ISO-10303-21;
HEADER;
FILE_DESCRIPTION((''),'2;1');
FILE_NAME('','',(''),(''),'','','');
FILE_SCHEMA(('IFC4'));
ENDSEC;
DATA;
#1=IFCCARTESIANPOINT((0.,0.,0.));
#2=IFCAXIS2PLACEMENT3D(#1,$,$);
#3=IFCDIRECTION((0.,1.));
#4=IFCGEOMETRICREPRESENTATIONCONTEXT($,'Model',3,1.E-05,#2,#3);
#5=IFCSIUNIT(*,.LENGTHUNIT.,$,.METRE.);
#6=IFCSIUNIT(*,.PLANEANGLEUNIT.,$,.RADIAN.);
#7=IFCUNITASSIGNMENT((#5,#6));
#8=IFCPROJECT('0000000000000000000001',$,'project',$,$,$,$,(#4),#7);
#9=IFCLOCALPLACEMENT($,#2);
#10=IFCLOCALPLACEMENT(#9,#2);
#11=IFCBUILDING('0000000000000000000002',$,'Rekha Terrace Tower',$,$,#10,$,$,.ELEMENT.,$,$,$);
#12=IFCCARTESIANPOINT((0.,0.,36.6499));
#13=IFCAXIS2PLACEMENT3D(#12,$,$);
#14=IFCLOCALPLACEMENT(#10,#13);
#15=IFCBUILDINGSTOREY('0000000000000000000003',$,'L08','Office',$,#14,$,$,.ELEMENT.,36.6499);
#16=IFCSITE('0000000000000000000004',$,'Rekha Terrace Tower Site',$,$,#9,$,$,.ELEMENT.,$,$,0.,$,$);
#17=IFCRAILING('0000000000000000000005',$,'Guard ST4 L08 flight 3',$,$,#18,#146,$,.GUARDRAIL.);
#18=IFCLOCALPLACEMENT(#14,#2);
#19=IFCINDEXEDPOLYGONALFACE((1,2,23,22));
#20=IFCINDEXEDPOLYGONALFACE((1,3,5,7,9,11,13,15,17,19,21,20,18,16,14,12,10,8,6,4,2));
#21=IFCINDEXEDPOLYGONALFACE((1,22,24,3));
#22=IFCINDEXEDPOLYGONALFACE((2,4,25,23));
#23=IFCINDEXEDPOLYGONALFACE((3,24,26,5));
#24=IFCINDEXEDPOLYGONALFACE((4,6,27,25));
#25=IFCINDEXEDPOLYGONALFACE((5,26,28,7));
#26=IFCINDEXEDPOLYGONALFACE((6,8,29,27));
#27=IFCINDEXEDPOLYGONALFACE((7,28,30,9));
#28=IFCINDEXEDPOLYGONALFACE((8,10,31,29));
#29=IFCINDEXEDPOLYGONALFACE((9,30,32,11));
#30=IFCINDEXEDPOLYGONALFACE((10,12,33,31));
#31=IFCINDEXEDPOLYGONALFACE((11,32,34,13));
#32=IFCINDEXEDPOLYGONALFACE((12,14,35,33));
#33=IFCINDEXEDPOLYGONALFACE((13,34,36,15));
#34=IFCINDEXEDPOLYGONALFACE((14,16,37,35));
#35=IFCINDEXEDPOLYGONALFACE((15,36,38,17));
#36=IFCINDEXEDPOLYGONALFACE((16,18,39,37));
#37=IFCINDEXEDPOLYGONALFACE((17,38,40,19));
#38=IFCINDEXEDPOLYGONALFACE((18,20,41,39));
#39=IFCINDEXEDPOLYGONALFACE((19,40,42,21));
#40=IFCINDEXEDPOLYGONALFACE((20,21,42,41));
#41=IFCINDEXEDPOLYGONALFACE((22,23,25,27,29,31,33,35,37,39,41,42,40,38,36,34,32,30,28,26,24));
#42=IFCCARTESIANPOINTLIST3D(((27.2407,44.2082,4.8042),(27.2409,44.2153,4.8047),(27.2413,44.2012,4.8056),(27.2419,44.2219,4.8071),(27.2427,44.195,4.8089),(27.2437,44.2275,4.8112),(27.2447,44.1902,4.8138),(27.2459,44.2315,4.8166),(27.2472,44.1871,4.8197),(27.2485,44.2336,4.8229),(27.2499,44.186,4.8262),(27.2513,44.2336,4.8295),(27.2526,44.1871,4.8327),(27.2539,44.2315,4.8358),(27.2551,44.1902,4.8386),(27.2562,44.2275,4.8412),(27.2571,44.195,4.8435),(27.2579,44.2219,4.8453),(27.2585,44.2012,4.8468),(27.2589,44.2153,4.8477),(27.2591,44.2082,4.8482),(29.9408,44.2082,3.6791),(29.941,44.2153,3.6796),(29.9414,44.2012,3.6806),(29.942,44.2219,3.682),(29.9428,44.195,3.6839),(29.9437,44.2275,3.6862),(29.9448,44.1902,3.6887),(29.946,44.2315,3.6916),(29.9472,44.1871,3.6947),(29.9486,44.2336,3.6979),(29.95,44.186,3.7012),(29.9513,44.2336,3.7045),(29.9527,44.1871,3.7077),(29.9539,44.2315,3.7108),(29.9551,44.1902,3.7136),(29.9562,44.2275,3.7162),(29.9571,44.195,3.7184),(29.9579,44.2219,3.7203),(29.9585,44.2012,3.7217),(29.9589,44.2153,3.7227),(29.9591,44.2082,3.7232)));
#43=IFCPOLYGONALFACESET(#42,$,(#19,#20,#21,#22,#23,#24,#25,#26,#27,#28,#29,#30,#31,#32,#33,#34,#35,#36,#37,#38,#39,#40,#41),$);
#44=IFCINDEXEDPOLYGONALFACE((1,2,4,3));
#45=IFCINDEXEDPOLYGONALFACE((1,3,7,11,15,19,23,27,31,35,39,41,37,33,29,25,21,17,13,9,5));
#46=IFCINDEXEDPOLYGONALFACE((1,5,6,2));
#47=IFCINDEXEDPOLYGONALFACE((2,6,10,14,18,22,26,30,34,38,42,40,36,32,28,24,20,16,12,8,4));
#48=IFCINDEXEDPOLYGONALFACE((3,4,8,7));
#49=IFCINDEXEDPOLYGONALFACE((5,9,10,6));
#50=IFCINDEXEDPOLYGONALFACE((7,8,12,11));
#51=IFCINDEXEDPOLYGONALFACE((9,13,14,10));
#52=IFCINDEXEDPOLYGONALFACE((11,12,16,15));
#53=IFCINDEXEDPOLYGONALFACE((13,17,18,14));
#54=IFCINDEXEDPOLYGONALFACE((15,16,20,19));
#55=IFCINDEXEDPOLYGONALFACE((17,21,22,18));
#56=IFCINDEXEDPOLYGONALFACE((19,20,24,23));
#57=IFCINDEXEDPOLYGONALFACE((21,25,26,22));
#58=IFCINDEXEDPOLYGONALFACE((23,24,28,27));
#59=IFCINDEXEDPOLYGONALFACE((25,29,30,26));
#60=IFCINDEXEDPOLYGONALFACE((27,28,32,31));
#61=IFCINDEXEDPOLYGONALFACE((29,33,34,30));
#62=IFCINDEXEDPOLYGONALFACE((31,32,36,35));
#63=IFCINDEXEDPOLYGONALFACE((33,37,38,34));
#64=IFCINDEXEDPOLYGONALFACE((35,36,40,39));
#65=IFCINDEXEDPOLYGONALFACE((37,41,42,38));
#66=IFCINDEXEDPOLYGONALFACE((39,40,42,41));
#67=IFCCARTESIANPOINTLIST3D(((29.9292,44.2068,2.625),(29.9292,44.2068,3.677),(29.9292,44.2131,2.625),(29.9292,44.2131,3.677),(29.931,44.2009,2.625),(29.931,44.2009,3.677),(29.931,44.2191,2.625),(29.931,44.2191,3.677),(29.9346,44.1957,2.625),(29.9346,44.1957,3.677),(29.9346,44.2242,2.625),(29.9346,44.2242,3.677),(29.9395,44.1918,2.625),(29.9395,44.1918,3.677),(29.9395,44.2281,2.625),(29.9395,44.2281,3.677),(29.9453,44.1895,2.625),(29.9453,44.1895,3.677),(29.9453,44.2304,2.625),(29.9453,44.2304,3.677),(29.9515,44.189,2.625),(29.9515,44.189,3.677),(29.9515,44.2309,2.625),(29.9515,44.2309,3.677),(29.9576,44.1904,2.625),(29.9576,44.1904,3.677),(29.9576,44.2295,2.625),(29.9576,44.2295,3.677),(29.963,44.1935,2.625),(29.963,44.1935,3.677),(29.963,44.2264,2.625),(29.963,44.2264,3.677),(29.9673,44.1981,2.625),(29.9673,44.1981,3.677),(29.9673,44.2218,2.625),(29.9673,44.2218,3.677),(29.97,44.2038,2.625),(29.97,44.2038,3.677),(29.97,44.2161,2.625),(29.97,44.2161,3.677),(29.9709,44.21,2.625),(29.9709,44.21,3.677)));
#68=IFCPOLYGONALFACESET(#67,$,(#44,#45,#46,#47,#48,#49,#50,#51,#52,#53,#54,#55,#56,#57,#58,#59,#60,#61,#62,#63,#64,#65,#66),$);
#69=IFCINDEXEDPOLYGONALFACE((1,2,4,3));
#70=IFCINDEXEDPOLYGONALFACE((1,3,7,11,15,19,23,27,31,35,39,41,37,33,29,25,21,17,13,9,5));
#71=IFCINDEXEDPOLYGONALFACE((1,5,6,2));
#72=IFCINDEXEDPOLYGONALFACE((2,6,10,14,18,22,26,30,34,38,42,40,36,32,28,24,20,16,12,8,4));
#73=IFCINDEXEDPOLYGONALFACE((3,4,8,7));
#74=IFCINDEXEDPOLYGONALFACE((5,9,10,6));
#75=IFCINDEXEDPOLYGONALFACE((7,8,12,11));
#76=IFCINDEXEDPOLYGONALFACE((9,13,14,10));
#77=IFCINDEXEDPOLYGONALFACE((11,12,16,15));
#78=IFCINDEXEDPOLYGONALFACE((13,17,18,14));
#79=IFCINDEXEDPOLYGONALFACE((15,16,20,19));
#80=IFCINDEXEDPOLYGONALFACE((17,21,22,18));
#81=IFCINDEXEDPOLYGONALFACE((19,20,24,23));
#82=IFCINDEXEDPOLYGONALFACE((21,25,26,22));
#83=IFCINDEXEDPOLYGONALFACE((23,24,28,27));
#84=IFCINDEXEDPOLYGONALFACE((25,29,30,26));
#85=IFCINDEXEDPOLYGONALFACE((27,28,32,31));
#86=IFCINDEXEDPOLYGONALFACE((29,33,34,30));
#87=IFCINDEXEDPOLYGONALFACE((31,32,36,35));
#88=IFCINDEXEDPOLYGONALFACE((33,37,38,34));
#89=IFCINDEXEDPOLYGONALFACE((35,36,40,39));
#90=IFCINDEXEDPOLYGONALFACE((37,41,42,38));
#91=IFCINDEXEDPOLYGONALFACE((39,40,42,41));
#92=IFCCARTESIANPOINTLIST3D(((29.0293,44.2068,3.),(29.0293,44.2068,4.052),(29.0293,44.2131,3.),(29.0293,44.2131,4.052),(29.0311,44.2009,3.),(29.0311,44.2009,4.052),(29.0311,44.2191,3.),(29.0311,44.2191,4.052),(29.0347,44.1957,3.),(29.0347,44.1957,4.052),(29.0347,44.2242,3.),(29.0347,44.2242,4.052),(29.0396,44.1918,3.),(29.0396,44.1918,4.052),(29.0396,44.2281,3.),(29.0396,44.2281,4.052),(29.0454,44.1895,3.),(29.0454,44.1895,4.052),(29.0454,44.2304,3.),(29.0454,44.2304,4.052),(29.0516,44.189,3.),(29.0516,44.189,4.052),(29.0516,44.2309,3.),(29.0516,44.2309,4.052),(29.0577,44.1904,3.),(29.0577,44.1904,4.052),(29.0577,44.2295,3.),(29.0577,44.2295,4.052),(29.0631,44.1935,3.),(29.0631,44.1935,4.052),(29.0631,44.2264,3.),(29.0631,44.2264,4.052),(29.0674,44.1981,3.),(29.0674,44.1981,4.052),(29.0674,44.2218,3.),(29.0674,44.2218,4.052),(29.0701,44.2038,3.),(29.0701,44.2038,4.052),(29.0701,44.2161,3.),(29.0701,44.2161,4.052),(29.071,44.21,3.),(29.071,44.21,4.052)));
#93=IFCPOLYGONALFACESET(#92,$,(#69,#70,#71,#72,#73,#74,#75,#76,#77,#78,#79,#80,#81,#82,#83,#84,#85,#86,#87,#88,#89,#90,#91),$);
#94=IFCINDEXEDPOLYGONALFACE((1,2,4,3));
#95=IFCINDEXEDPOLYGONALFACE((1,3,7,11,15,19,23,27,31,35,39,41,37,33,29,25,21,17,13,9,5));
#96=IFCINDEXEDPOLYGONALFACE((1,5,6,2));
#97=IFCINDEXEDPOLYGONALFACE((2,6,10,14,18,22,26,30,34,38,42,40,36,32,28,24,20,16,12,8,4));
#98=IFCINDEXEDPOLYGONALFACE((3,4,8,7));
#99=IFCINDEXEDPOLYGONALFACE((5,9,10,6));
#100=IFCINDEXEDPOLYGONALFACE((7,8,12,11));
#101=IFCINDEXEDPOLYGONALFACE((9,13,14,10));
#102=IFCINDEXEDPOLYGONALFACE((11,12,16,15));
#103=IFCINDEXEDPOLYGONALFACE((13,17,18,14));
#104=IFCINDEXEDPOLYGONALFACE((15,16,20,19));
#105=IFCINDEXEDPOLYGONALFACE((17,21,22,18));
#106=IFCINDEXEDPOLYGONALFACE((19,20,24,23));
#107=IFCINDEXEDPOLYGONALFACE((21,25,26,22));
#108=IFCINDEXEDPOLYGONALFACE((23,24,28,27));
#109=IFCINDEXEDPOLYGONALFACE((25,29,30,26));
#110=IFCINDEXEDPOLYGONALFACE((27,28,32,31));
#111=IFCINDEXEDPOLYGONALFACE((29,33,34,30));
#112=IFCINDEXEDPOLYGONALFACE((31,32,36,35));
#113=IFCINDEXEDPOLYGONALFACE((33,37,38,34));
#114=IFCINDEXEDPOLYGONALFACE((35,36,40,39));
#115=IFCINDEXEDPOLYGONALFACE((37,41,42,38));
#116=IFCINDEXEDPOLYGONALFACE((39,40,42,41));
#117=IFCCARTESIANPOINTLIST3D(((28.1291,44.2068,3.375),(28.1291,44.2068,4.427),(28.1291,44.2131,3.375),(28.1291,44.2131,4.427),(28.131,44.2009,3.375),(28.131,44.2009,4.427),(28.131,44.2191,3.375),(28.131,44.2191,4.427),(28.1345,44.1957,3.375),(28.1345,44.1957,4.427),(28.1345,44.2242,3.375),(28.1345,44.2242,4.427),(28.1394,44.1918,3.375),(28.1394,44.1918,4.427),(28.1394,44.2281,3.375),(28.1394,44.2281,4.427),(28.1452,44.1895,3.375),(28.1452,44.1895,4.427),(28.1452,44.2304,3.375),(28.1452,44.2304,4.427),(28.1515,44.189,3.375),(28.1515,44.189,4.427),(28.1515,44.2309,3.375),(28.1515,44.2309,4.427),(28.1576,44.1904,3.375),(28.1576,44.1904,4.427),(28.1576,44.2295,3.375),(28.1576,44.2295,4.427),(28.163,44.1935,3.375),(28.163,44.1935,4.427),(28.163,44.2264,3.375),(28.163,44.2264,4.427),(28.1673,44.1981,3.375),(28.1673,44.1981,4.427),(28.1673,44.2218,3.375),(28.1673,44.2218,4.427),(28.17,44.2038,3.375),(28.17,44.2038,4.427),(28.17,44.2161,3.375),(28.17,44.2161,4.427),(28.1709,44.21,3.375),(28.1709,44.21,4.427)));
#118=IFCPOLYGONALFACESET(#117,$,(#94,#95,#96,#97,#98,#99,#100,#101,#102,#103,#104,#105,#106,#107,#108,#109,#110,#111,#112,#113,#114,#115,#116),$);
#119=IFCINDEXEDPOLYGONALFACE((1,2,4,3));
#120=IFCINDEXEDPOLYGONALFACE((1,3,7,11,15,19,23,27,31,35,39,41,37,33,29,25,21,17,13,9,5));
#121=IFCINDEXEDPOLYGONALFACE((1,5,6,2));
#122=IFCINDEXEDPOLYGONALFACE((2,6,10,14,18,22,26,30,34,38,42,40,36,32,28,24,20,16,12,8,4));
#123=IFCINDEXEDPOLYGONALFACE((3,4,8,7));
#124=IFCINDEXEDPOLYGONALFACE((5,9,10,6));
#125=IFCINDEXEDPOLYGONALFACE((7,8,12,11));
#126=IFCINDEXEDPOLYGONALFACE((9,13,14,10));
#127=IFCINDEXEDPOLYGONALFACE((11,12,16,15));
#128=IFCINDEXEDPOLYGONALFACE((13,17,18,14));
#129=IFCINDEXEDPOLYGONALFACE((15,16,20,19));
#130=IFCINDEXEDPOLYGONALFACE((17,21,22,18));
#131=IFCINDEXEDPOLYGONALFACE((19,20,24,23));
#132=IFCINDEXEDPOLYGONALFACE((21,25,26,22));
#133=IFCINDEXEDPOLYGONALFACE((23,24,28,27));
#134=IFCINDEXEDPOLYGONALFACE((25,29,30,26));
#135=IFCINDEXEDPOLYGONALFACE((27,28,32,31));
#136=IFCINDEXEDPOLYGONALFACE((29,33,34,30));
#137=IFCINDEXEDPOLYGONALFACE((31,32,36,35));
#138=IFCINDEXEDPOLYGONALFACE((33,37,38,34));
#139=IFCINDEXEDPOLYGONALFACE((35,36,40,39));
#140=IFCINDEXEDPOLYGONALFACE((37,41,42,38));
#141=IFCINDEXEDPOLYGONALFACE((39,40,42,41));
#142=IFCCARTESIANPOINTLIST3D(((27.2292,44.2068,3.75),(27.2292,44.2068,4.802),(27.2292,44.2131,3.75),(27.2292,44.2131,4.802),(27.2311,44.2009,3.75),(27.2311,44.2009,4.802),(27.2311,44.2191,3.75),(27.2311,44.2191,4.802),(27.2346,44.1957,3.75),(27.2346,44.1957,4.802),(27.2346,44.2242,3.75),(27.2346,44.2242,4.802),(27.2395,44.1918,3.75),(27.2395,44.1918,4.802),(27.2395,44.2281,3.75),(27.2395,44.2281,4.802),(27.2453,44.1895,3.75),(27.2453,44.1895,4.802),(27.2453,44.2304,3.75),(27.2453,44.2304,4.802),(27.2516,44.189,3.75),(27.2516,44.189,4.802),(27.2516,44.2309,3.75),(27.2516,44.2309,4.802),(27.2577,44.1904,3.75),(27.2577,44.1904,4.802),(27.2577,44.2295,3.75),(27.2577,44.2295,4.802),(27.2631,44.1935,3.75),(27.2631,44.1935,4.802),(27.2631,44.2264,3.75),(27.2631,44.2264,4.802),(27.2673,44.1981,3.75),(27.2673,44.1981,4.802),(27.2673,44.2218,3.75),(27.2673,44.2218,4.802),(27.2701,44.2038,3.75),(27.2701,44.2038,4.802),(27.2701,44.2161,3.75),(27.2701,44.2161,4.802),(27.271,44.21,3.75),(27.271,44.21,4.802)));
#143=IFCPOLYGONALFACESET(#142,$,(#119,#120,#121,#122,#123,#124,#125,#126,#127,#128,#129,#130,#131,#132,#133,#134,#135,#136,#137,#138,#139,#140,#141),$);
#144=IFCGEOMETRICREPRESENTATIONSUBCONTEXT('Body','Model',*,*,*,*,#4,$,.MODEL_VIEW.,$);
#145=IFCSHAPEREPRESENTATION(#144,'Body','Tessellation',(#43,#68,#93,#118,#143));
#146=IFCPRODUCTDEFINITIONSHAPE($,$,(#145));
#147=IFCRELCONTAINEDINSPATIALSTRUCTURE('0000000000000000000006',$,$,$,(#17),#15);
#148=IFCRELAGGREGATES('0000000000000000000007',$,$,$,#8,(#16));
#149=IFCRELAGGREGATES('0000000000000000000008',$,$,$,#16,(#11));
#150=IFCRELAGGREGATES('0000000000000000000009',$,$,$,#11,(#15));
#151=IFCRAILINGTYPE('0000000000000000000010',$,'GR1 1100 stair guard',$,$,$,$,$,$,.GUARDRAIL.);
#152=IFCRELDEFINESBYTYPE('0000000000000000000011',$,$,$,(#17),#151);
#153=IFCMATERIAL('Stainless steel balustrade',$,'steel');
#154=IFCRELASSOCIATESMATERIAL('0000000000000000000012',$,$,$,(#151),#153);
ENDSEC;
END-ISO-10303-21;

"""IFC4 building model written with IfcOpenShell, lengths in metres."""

from ifc_helpers import new_model, si_unit, direction, frame, origin, origin_2d, place, context, subcontext, project, spatial, circle, extrude, material, type_object, element, save


model = new_model("IFC4")

# Units and contexts
model_context = context("Model", 3, precision=1e-05, world=origin(), true_north=direction((0.0, 1.0)))
body_context = subcontext(model_context, "Body", "Model", "MODEL_VIEW")
ifc_project = project(units=[si_unit("LENGTHUNIT", "METRE"), si_unit("PLANEANGLEUNIT", "RADIAN")], contexts=[model_context])

# Site, building, storey
site_placement = place(None, origin())
site = spatial("IfcSite", under=ifc_project, at=site_placement, Name="Rekha Terrace Tower Site", CompositionType="ELEMENT", RefElevation=0.0)
building_placement = place(site_placement, origin())
building = spatial("IfcBuilding", under=site, at=building_placement, Name="Rekha Terrace Tower", CompositionType="ELEMENT")
storey_placement = place(building_placement, frame((0.0, 0.0, 36.6499)))
storey = spatial("IfcBuildingStorey", under=building, at=storey_placement, Name="L08", Description="Office", CompositionType="ELEMENT", Elevation=36.6499)

# Railing
ifc_material_1 = material(Name="Stainless steel balustrade", Category="steel")
railing_type_1 = type_object("IfcRailingType", Name="GR1 1100 stair guard", PredefinedType="GUARDRAIL", material=ifc_material_1)
railing_1_placement = place(storey_placement, frame((29.95, 44.21, 2.625)))
element("IfcRailing", 1, at=railing_1_placement, inside=storey, type_object=railing_type_1, Name="Guard ST4 L08 flight 3", PredefinedType="GUARDRAIL", context=body_context, shape_type="SweptSolid", body=[
    extrude(circle(Radius=0.0239, at=origin_2d()), frame((0.0, 0.0, 1.0762), z_axis=(-0.923074, 0.0, 0.384621), x_axis=(0.0, -1.0, 0.0)), (0.0, 0.0, 1.0), 2.925),
    extrude(circle(Radius=0.021, at=origin_2d()), origin(), (0.0, 0.0, 1.0), 1.052),
    extrude(circle(Radius=0.021, at=origin_2d()), frame((-0.8999, 0.0, 0.375)), (0.0, 0.0, 1.0), 1.052),
    extrude(circle(Radius=0.021, at=origin_2d()), frame((-1.8, 0.0, 0.75)), (0.0, 0.0, 1.0), 1.052),
    extrude(circle(Radius=0.021, at=origin_2d()), frame((-2.7, 0.0, 1.125)), (0.0, 0.0, 1.0), 1.052),
])

save(model, "model.ifc")
